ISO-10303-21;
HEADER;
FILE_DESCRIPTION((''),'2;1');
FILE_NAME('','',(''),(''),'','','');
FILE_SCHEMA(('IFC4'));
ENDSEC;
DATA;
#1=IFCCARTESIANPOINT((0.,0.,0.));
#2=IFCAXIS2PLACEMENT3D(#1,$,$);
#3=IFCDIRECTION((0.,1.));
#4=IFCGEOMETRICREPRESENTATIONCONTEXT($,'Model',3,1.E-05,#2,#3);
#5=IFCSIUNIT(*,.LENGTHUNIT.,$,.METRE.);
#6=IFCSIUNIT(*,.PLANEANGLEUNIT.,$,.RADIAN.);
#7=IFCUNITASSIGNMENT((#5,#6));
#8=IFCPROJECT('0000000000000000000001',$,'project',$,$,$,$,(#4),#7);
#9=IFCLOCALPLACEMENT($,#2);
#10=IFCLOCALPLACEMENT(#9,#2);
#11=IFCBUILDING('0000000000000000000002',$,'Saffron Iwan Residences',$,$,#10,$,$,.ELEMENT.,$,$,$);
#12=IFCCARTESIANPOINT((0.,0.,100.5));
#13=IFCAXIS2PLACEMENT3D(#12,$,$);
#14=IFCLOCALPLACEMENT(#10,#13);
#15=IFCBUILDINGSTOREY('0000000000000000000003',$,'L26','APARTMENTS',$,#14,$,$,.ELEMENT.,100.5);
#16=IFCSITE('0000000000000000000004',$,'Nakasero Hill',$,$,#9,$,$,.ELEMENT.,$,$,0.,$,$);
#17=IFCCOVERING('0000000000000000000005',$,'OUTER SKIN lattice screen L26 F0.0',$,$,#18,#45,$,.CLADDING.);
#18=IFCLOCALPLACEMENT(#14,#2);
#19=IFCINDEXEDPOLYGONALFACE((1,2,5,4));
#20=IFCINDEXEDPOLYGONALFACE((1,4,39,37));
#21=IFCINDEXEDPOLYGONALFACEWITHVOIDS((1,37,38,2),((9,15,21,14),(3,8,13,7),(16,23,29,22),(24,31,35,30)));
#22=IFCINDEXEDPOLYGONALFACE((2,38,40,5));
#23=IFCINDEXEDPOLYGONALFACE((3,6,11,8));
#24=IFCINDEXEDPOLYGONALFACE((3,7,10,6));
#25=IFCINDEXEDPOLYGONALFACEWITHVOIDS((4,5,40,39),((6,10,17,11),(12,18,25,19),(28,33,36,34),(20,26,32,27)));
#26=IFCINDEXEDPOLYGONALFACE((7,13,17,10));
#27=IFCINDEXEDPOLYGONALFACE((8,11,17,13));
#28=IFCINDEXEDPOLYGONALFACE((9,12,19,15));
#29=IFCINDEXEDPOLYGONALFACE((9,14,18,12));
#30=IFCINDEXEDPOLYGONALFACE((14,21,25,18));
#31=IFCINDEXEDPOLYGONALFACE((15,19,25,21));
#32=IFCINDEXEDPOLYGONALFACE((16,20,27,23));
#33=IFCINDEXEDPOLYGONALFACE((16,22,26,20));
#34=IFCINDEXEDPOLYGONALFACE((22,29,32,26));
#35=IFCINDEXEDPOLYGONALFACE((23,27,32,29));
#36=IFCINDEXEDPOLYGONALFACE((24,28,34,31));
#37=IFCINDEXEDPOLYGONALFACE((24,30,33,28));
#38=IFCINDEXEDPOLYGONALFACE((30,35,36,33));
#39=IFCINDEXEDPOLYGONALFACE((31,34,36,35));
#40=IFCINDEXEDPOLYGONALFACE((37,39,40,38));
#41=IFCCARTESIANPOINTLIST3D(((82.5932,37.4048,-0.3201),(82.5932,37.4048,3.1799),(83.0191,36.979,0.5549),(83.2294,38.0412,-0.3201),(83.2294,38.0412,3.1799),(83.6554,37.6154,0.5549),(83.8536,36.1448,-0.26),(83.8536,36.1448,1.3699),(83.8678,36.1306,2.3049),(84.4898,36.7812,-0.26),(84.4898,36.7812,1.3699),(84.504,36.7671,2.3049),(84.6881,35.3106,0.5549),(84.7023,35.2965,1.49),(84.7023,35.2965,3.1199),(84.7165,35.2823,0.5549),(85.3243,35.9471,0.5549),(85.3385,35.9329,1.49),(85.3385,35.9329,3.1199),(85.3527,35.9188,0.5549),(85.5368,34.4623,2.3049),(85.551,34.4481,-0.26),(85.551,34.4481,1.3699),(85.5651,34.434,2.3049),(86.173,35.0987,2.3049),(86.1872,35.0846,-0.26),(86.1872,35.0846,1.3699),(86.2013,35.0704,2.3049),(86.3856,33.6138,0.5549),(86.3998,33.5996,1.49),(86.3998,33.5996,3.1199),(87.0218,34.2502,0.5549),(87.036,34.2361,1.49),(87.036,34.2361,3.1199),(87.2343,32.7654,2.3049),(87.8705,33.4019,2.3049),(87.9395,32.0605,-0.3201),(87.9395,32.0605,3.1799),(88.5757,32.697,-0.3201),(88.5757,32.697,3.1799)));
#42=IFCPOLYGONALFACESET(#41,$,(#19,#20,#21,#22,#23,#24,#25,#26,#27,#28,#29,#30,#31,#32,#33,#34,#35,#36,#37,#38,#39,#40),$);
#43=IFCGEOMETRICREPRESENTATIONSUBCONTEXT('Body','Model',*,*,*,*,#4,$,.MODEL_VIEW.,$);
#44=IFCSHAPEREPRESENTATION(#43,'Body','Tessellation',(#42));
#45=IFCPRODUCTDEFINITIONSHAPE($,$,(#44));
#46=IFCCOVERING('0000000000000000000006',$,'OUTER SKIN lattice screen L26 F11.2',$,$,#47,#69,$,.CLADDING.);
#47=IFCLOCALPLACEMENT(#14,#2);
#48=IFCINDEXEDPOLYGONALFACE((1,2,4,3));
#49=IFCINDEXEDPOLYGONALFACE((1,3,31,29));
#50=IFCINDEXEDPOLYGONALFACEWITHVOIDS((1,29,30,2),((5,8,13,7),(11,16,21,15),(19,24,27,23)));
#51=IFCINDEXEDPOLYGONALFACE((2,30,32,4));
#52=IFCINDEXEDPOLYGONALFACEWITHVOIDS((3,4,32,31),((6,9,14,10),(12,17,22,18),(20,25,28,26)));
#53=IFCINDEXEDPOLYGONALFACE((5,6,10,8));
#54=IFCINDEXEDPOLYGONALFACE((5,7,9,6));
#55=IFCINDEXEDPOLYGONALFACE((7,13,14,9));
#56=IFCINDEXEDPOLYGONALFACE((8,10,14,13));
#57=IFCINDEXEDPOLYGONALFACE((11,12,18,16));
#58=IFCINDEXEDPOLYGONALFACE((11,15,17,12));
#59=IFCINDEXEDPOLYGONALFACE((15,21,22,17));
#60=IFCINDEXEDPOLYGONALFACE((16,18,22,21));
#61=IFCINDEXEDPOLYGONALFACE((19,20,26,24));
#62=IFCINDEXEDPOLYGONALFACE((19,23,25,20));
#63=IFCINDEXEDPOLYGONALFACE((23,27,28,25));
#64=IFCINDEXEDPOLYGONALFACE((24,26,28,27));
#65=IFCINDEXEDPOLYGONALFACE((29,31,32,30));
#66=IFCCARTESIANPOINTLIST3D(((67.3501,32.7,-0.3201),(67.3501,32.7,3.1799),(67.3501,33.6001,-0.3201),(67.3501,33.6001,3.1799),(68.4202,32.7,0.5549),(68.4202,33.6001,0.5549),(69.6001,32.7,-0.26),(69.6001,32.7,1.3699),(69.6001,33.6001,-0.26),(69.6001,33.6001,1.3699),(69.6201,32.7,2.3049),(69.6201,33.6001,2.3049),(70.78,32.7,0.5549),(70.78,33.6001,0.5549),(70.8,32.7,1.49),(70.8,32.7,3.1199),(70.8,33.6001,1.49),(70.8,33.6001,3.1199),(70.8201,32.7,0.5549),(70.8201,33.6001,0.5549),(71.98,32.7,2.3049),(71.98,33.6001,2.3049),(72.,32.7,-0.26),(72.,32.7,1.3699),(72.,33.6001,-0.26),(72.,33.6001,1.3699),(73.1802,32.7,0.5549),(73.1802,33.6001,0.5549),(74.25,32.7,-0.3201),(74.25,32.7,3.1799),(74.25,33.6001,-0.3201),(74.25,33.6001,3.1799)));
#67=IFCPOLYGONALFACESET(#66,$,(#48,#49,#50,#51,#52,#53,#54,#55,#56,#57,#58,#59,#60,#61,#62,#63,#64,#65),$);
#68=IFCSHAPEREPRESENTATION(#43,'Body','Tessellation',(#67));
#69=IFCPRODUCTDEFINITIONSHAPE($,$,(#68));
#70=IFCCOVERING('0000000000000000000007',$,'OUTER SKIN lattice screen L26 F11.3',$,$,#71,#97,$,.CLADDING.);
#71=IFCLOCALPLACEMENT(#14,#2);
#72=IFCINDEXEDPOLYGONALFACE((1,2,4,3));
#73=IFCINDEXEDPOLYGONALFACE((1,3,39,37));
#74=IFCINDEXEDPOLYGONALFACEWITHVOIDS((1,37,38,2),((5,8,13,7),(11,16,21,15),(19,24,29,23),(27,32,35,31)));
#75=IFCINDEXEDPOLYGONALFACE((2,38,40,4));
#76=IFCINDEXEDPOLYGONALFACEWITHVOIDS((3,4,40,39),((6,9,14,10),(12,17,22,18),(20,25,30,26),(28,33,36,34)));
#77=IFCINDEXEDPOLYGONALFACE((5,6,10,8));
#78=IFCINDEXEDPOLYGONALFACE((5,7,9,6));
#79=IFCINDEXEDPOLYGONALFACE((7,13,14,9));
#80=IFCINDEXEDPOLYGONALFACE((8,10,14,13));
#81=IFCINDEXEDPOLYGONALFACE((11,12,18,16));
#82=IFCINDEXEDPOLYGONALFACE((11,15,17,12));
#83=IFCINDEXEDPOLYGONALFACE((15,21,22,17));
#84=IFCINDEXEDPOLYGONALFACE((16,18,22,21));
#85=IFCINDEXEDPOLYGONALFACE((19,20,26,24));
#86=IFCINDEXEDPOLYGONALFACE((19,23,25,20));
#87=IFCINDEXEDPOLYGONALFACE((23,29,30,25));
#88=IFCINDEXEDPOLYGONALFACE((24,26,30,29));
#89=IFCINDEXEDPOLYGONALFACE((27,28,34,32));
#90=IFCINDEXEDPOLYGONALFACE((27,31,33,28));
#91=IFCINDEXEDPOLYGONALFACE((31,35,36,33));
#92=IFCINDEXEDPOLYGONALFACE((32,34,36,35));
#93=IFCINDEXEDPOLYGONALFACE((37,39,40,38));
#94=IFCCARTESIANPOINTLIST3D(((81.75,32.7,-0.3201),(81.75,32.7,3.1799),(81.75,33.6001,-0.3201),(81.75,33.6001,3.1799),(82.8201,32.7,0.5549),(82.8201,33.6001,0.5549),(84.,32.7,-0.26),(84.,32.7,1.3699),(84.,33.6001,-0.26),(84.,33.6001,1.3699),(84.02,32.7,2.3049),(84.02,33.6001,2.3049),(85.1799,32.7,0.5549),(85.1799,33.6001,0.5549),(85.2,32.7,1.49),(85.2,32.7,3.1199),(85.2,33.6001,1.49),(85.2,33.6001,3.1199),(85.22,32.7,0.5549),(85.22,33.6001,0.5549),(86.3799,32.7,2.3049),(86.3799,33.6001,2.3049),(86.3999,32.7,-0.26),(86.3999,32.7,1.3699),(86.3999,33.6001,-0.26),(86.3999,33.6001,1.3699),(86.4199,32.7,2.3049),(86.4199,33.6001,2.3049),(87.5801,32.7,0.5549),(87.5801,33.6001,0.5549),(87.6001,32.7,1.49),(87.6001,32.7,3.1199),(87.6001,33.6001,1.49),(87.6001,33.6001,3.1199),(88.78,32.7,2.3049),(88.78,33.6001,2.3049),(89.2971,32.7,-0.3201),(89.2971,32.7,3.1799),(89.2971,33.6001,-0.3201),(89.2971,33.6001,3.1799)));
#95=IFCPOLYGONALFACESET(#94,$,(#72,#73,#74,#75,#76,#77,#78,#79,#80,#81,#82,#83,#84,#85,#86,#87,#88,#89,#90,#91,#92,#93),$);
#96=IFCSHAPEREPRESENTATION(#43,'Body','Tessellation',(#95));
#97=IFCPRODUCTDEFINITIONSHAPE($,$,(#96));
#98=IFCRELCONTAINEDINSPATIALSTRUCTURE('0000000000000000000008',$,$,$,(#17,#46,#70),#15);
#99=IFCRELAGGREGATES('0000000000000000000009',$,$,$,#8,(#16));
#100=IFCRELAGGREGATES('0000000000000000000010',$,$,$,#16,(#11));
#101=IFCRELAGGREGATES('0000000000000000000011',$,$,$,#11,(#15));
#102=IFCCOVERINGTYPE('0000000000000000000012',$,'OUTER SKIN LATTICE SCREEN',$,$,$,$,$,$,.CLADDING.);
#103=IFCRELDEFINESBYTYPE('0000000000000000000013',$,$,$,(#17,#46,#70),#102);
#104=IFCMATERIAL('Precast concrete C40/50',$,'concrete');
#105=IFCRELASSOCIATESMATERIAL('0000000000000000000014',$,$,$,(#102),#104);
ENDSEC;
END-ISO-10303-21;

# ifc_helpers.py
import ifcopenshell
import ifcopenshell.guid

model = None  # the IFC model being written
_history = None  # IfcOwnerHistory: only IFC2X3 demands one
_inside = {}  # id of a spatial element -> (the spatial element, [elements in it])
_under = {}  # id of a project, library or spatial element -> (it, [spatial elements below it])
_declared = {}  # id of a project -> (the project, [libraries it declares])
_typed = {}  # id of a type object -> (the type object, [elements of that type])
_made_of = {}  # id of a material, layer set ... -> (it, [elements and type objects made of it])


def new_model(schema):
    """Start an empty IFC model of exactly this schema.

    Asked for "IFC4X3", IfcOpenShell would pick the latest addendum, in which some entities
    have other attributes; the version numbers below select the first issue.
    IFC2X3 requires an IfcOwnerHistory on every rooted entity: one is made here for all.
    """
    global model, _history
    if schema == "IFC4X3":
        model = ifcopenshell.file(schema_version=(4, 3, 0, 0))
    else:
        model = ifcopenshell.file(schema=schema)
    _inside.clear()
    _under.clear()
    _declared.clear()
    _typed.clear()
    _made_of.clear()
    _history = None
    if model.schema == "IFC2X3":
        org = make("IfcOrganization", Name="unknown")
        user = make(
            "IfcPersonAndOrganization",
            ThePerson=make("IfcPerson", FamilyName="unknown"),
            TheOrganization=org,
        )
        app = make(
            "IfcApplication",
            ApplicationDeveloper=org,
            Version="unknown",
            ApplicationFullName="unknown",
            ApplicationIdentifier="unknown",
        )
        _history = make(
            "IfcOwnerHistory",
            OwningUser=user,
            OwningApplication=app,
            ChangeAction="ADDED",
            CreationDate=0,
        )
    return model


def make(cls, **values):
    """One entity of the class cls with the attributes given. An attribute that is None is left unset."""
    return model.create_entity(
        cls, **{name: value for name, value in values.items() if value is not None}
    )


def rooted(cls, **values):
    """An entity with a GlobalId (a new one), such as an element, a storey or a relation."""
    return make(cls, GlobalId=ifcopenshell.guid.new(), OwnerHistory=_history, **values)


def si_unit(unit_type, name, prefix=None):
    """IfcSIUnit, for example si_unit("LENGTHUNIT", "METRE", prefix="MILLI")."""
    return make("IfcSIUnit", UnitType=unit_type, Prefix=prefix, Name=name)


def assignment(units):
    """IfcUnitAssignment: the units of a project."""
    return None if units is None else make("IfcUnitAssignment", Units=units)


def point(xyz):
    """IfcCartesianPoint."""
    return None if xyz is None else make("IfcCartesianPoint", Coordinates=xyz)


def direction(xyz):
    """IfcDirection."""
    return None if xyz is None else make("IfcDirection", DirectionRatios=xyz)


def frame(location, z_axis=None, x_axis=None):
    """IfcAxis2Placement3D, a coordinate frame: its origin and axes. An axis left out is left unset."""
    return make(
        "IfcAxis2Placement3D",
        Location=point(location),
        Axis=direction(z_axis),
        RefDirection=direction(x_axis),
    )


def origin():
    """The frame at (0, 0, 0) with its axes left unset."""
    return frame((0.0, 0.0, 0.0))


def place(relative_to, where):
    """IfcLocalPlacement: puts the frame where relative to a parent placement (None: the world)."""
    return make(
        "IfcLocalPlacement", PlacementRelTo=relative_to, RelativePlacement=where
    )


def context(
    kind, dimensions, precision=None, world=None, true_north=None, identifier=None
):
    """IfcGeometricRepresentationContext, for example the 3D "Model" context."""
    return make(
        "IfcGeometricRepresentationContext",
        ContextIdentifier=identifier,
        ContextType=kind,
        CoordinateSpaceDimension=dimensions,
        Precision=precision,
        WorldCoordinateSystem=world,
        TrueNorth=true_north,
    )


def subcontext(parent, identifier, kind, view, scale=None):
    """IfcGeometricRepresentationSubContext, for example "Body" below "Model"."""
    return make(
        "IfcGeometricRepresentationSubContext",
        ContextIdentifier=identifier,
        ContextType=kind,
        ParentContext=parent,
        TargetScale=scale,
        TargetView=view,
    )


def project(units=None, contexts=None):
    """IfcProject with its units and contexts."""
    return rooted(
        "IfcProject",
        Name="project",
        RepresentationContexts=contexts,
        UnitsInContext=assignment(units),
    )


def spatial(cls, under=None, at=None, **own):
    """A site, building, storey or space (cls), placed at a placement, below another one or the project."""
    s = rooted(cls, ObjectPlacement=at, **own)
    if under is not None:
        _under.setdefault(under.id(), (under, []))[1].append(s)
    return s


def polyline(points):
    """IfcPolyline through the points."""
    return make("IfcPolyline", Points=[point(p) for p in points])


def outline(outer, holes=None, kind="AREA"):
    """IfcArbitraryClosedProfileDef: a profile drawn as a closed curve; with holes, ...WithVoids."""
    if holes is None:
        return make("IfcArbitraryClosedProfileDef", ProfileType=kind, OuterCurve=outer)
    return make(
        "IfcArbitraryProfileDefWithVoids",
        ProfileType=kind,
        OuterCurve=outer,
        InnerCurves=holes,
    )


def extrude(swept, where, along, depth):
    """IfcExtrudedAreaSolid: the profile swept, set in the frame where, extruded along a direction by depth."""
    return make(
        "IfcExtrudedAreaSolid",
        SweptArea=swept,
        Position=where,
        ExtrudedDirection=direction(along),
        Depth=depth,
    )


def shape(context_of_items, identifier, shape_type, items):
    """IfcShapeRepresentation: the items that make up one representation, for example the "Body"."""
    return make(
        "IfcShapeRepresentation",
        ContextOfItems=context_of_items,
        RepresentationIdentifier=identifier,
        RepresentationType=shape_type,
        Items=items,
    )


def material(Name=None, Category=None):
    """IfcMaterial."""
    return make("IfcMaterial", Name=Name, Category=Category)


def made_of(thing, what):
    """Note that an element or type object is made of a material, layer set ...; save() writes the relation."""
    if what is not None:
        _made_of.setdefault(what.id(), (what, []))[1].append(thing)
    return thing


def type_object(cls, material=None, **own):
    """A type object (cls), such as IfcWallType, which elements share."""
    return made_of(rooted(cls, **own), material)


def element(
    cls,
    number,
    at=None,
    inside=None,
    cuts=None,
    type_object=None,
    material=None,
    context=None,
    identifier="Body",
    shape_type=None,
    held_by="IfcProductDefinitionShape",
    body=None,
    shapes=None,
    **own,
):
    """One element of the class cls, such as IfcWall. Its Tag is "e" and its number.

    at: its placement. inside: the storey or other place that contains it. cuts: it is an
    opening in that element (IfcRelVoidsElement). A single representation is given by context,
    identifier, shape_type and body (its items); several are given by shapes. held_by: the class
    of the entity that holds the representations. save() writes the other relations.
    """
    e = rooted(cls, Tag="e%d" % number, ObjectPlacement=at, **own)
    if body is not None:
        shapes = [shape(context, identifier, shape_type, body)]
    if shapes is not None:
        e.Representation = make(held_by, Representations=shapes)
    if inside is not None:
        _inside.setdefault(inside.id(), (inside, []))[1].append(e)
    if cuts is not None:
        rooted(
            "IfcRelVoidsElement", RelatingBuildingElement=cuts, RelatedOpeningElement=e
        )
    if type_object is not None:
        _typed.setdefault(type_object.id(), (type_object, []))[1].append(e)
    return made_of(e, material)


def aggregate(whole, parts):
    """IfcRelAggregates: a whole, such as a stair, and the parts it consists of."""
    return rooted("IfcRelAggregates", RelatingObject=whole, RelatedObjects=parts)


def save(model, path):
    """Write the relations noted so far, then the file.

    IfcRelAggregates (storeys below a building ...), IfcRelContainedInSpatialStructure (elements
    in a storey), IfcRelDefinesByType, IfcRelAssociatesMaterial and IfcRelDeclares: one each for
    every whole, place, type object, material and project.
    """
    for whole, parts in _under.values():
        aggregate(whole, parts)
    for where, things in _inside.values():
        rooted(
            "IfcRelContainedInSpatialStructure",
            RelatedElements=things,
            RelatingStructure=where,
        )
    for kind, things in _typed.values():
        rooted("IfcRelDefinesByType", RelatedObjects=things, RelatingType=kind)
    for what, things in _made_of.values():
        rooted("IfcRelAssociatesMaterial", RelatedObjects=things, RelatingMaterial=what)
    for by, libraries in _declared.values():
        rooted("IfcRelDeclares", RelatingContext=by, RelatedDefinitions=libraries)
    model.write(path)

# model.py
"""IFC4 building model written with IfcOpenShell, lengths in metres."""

from ifc_helpers import new_model, si_unit, direction, frame, origin, place, context, subcontext, project, spatial, polyline, outline, extrude, material, type_object, element, save


model = new_model("IFC4")

# Units and contexts
model_context = context("Model", 3, precision=1e-05, world=origin(), true_north=direction((0.0, 1.0)))
body_context = subcontext(model_context, "Body", "Model", "MODEL_VIEW")
ifc_project = project(units=[si_unit("LENGTHUNIT", "METRE"), si_unit("PLANEANGLEUNIT", "RADIAN")], contexts=[model_context])

# Site, building, storey
site_placement = place(None, origin())
site = spatial("IfcSite", under=ifc_project, at=site_placement, Name="Nakasero Hill", CompositionType="ELEMENT", RefElevation=0.0)
building_placement = place(site_placement, origin())
building = spatial("IfcBuilding", under=site, at=building_placement, Name="Saffron Iwan Residences", CompositionType="ELEMENT")
storey_placement = place(building_placement, frame((0.0, 0.0, 100.5)))
storey = spatial("IfcBuildingStorey", under=building, at=storey_placement, Name="L26", Description="APARTMENTS", CompositionType="ELEMENT", Elevation=100.5)

# Coverings
ifc_material_1 = material(Name="Precast concrete C40/50", Category="concrete")
covering_type = type_object("IfcCoveringType", Name="OUTER SKIN LATTICE SCREEN", PredefinedType="CLADDING", material=ifc_material_1)
covering_1_placement = place(storey_placement, frame((87.9395, 32.0605, -0.3201), z_axis=(0.706971, 0.707242, 0.0), x_axis=(-0.707242, 0.706971, 0.0)))
element("IfcCovering", 1, at=covering_1_placement, inside=storey, type_object=covering_type, Name="OUTER SKIN lattice screen L26 F0.0", PredefinedType="CLADDING", context=body_context, shape_type="SweptSolid", body=[
    extrude(outline(polyline([(0.0, 0.0), (7.5593, 0.0), (7.5593, 3.5), (0.0, 3.5), (0.0, 0.0)]), holes=[polyline([(2.197, 0.875), (3.3772, 0.0601), (4.5571, 0.875), (3.3772, 1.6899), (2.197, 0.875)]), polyline([(4.5972, 0.875), (5.7771, 0.0601), (6.957, 0.875), (5.7771, 1.6899), (4.5972, 0.875)]), polyline([(0.9971, 2.625), (2.177, 1.8101), (3.3572, 2.625), (2.177, 3.4399), (0.9971, 2.625)]), polyline([(3.3972, 2.625), (4.5771, 1.8101), (5.7571, 2.625), (4.5771, 3.4399), (3.3972, 2.625)])]), origin(), (0.0, 0.0, 1.0), 0.8999),
])
covering_2_placement = place(storey_placement, frame((67.3501, 33.6001, -0.3201), z_axis=(0.0, -1.0, 0.0), x_axis=(1.0, 0.0, 0.0)))
element("IfcCovering", 2, at=covering_2_placement, inside=storey, type_object=covering_type, Name="OUTER SKIN lattice screen L26 F11.2", PredefinedType="CLADDING", context=body_context, shape_type="SweptSolid", body=[
    extrude(outline(polyline([(0.0, 0.0), (6.8999, 0.0), (6.8999, 3.5), (0.0, 3.5), (0.0, 0.0)]), holes=[polyline([(1.0701, 0.875), (2.25, 0.0601), (3.4299, 0.875), (2.25, 1.6899), (1.0701, 0.875)]), polyline([(3.47, 0.875), (4.6499, 0.0601), (5.8301, 0.875), (4.6499, 1.6899), (3.47, 0.875)]), polyline([(2.27, 2.625), (3.45, 1.8101), (4.6299, 2.625), (3.45, 3.4399), (2.27, 2.625)])]), origin(), (0.0, 0.0, 1.0), 0.9001),
])
covering_3_placement = place(storey_placement, frame((81.75, 33.6001, -0.3201), z_axis=(0.0, -1.0, 0.0), x_axis=(1.0, 0.0, 0.0)))
element("IfcCovering", 3, at=covering_3_placement, inside=storey, type_object=covering_type, Name="OUTER SKIN lattice screen L26 F11.3", PredefinedType="CLADDING", context=body_context, shape_type="SweptSolid", body=[
    extrude(outline(polyline([(0.0, 0.0), (7.5471, 0.0), (7.5471, 3.5), (0.0, 3.5), (0.0, 0.0)]), holes=[polyline([(1.0701, 0.875), (2.25, 0.0601), (3.4299, 0.875), (2.25, 1.6899), (1.0701, 0.875)]), polyline([(3.47, 0.875), (4.6499, 0.0601), (5.8301, 0.875), (4.6499, 1.6899), (3.47, 0.875)]), polyline([(2.27, 2.625), (3.45, 1.8101), (4.6299, 2.625), (3.45, 3.4399), (2.27, 2.625)]), polyline([(4.6699, 2.625), (5.8501, 1.8101), (7.03, 2.625), (5.8501, 3.4399), (4.6699, 2.625)])]), origin(), (0.0, 0.0, 1.0), 0.9001),
])

save(model, "model.ifc")
